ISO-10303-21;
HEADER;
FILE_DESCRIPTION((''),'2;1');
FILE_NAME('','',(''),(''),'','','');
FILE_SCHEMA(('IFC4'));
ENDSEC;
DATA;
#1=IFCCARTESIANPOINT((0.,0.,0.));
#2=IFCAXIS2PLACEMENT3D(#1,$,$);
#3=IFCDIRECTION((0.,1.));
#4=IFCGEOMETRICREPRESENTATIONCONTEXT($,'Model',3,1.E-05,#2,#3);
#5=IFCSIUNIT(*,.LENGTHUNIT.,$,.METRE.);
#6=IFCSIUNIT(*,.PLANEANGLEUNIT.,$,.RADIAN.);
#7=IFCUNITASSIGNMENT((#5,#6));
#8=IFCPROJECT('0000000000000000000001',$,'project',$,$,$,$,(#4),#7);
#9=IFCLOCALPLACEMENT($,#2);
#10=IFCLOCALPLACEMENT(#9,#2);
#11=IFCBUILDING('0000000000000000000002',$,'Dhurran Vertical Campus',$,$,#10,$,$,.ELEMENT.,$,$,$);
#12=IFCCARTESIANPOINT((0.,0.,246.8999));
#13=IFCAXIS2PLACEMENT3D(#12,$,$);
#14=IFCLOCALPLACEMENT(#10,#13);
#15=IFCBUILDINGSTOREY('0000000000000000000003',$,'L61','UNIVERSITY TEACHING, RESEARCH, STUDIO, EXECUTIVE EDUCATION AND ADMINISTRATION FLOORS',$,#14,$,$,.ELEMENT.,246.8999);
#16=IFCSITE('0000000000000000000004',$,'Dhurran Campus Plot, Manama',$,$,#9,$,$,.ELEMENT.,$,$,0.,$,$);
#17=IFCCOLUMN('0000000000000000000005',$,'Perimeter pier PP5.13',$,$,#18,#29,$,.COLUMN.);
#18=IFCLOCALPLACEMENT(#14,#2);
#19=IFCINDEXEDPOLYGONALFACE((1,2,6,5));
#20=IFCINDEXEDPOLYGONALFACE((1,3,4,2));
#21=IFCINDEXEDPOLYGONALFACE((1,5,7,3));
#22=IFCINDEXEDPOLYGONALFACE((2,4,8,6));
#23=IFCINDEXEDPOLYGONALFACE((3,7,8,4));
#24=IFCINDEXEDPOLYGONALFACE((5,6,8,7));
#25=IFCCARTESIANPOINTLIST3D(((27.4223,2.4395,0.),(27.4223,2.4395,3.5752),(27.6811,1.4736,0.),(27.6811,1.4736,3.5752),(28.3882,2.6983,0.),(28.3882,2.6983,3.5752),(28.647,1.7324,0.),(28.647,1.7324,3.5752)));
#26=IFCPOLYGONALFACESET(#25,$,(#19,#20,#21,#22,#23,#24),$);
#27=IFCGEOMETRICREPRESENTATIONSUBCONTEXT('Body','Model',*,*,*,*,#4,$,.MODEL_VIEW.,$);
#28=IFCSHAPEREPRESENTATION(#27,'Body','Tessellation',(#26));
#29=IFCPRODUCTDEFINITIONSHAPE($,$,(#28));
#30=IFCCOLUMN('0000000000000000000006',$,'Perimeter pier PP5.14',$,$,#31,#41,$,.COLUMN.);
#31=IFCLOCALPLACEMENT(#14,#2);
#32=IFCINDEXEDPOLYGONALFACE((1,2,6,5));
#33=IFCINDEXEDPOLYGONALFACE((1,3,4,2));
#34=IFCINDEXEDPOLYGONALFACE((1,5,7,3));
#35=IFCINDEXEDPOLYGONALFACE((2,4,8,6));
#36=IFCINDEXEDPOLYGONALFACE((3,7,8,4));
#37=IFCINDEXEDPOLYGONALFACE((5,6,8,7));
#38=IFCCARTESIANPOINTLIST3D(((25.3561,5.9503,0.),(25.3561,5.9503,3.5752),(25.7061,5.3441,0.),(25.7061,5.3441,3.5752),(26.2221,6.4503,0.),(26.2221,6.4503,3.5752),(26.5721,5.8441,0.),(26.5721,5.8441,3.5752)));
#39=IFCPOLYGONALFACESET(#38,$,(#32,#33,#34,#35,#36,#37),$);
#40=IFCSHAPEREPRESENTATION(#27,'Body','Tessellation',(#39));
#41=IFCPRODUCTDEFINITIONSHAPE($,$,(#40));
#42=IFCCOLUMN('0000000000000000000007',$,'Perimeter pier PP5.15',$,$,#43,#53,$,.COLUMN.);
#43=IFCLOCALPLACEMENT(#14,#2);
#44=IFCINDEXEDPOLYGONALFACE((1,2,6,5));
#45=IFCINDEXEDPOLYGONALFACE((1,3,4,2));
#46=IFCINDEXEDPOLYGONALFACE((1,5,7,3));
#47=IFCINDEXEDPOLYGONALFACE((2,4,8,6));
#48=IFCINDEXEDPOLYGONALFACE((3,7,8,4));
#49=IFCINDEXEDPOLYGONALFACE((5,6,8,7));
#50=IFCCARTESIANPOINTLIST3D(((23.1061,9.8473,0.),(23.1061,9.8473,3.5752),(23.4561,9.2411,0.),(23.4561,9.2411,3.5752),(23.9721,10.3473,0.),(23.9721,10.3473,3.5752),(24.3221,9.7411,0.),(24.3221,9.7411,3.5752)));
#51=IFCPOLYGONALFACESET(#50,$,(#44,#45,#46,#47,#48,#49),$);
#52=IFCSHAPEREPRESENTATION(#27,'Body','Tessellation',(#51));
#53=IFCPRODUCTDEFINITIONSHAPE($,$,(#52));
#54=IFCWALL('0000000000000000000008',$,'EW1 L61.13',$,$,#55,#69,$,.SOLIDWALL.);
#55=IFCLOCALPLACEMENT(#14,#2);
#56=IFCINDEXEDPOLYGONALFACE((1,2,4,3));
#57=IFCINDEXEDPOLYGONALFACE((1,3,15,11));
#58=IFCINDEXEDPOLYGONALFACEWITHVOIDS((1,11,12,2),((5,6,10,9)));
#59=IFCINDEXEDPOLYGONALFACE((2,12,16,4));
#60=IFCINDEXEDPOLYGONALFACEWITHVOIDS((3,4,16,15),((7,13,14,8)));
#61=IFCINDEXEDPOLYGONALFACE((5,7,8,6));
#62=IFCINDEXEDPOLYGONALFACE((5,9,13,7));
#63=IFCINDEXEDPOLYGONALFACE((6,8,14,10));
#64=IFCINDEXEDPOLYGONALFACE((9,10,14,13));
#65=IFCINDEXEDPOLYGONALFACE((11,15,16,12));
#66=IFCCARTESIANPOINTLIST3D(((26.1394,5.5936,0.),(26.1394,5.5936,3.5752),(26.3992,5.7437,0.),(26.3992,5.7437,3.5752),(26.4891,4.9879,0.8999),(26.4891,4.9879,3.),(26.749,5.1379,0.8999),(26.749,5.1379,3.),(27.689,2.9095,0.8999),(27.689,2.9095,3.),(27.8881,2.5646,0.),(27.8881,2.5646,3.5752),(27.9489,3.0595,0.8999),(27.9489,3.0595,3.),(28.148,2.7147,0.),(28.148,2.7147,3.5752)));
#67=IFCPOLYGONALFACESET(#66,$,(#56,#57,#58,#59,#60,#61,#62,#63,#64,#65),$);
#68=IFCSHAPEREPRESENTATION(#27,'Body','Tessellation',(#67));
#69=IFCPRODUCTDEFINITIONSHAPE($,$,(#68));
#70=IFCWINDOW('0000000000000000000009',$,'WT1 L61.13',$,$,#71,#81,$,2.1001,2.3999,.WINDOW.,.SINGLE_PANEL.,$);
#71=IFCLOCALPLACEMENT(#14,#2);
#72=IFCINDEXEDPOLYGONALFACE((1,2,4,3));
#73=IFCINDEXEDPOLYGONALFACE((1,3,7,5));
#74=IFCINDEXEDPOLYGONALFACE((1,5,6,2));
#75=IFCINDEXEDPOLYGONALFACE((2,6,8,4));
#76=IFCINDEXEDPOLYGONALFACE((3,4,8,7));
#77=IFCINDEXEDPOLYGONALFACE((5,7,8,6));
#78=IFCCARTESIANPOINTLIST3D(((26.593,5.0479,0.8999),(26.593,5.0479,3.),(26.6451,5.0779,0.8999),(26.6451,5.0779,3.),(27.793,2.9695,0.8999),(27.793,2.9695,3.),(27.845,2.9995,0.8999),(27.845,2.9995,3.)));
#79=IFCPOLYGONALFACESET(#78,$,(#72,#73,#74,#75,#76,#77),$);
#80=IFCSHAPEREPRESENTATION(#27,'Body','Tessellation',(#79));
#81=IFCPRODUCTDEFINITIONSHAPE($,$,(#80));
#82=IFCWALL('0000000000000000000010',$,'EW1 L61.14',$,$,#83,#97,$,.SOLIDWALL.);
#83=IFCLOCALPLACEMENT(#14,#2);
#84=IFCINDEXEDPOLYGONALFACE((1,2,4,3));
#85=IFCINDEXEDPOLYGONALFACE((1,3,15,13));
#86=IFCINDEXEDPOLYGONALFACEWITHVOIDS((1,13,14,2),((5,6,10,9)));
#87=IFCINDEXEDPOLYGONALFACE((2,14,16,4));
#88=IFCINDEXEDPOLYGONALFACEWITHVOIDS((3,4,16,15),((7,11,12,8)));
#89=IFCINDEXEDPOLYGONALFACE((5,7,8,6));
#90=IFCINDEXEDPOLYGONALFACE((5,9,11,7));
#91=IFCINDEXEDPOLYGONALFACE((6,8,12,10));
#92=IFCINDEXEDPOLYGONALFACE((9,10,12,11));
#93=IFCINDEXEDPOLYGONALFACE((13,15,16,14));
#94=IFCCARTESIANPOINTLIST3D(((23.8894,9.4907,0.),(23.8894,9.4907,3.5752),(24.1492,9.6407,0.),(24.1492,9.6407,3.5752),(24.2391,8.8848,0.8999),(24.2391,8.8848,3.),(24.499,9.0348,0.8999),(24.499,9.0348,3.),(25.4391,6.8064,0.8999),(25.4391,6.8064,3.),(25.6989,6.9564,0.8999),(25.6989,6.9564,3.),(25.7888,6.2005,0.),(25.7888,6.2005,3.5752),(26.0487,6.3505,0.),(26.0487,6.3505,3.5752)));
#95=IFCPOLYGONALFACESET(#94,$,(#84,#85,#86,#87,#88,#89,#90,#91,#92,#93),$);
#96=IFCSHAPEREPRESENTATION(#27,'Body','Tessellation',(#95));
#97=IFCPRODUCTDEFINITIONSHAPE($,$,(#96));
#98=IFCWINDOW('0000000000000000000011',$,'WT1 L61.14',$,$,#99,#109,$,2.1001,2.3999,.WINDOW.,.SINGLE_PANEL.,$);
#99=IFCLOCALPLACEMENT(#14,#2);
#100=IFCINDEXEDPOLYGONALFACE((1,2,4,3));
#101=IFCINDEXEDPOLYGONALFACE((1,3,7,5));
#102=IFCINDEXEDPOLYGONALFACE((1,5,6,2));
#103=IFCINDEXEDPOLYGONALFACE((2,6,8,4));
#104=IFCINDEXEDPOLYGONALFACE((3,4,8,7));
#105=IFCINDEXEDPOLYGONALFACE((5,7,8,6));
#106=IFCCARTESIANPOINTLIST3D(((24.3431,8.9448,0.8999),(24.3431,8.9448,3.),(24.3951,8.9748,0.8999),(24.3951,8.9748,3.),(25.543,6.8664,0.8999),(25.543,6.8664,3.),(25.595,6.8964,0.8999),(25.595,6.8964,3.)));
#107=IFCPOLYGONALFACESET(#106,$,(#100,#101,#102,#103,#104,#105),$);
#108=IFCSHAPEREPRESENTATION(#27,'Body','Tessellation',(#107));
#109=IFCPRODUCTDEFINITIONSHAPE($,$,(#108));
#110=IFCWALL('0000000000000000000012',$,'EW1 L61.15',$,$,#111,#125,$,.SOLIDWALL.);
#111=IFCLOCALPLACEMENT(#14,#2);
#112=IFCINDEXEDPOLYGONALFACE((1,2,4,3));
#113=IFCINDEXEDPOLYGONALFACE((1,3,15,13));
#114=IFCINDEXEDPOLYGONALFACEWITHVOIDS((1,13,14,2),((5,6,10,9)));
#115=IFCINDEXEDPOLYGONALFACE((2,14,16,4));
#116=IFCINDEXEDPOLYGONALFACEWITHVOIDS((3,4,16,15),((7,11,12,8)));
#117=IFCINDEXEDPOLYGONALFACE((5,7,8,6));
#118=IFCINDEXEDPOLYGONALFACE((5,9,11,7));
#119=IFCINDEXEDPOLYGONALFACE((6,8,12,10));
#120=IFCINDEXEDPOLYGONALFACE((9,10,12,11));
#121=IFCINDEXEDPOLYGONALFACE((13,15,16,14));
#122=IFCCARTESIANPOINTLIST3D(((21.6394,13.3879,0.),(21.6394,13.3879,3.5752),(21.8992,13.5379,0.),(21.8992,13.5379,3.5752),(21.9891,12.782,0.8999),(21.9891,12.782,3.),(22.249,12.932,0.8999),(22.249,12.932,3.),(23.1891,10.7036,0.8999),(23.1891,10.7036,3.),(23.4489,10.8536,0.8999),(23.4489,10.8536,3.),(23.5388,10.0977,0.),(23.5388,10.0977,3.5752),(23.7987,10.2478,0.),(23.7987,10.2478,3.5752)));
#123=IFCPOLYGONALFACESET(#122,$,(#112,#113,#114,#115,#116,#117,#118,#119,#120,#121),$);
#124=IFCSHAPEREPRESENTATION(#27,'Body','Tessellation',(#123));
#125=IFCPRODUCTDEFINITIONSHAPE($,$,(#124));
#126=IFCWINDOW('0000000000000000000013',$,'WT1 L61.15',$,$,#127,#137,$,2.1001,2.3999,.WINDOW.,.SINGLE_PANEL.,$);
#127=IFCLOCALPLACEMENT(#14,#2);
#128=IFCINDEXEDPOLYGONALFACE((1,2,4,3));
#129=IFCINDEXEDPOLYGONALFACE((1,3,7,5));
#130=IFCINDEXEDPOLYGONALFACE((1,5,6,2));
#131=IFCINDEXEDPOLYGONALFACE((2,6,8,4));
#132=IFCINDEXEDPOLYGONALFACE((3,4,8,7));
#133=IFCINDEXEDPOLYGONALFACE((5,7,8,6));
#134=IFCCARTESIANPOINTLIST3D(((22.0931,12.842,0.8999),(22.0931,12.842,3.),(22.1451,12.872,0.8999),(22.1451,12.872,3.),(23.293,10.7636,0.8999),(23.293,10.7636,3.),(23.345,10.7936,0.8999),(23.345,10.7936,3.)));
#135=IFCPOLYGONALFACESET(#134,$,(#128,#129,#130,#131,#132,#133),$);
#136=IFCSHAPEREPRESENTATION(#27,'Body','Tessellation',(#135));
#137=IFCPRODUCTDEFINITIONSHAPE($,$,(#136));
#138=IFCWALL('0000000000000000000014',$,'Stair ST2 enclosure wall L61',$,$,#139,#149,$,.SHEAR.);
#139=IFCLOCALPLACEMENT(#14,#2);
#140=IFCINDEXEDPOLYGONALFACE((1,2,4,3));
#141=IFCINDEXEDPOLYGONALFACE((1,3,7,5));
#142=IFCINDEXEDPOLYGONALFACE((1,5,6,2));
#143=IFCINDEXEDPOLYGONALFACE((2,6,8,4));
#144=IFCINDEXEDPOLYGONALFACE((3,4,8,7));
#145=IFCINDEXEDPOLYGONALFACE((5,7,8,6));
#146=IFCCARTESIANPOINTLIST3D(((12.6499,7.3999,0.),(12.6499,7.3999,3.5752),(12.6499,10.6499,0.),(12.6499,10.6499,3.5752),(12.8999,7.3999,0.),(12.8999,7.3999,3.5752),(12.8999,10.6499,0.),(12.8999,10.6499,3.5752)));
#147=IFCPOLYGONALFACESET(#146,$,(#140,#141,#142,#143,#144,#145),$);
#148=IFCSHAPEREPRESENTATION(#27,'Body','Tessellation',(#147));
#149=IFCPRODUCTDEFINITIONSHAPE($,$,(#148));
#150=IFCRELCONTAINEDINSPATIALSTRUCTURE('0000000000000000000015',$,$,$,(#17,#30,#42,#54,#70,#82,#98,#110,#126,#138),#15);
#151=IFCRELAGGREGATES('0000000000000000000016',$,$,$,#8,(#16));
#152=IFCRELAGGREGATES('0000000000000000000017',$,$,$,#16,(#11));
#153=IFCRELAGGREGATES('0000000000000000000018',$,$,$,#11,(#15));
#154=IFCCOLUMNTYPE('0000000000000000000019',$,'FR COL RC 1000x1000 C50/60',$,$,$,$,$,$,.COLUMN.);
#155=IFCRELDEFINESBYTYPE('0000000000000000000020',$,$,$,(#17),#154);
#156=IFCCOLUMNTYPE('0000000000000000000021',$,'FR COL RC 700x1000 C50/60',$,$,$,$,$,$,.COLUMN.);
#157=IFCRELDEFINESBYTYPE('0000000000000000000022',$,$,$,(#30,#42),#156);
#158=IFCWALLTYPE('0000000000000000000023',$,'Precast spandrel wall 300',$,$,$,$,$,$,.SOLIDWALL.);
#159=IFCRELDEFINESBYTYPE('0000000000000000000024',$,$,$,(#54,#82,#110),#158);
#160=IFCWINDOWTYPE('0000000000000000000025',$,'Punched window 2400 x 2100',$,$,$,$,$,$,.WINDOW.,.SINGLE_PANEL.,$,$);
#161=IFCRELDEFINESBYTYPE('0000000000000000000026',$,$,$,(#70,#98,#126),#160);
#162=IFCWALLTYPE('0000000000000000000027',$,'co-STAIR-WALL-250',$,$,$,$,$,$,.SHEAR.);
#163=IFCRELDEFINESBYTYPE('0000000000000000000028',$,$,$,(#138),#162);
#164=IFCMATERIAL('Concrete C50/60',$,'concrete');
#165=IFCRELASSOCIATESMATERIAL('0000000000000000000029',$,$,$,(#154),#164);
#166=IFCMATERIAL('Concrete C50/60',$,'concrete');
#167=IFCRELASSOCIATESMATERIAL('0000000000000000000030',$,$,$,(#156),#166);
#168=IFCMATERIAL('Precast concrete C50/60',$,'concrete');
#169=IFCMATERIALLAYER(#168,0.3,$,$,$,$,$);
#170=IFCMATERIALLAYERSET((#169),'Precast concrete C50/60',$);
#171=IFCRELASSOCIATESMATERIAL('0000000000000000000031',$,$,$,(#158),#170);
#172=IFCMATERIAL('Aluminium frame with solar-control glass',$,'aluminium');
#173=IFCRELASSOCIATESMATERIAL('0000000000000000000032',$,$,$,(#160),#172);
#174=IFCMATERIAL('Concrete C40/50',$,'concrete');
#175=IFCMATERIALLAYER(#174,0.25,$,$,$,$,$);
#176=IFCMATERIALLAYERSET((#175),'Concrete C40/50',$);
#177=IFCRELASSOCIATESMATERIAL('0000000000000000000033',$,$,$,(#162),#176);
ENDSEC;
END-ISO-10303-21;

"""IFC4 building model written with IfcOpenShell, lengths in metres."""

from ifc_helpers import new_model, si_unit, direction, frame, frame_2d, origin, origin_2d, place, context, subcontext, project, spatial, rectangle, extrude, material, layer, layer_set, material_profile, profile_set, type_object, element, fill, save


model = new_model("IFC4")

# Units and contexts
model_context = context("Model", 3, precision=1e-05, world=origin(), true_north=direction((0.0, 1.0)))
body_context = subcontext(model_context, "Body", "Model", "MODEL_VIEW")
ifc_project = project(units=[si_unit("LENGTHUNIT", "METRE"), si_unit("PLANEANGLEUNIT", "RADIAN")], contexts=[model_context])

# Site, building, storey
site_placement = place(None, origin())
site = spatial("IfcSite", under=ifc_project, at=site_placement, Name="Dhurran Campus Plot, Manama", CompositionType="ELEMENT", RefElevation=0.0)
building_placement = place(site_placement, origin())
building = spatial("IfcBuilding", under=site, at=building_placement, Name="Dhurran Vertical Campus", CompositionType="ELEMENT")
storey_placement = place(building_placement, frame((0.0, 0.0, 246.8999)))
storey = spatial("IfcBuildingStorey", under=building, at=storey_placement, Name="L61", Description="UNIVERSITY TEACHING, RESEARCH, STUDIO, EXECUTIVE EDUCATION AND ADMINISTRATION FLOORS", CompositionType="ELEMENT", Elevation=246.8999)

# Columns
ifc_material_1 = material(Name="Concrete C50/60", Category="concrete")
ifc_material_profile_1 = material_profile(ifc_material_1, rectangle(XDim=1.0, YDim=1.0, at=origin_2d()), Name="RC 1000x1000")
ifc_profile_set_1 = profile_set([ifc_material_profile_1], Name="Concrete C50/60")
column_type_1 = type_object("IfcColumnType", Name="FR COL RC 1000x1000 C50/60", PredefinedType="COLUMN", material=ifc_profile_set_1)
column_placement = place(storey_placement, frame((28.0347, 2.0859, 0.0), z_axis=(0.0, 0.0, 1.0), x_axis=(-0.258819, 0.965926, 0.0)))
element("IfcColumn", 1, at=column_placement, inside=storey, type_object=column_type_1, Name="Perimeter pier PP5.13", PredefinedType="COLUMN", context=body_context, shape_type="SweptSolid", body=[
    extrude(rectangle(XDim=1.0, YDim=1.0, at=origin_2d()), origin(), (0.0, 0.0, 1.0), 3.5752),
])
ifc_material_2 = material(Name="Concrete C50/60", Category="concrete")
ifc_material_profile_2 = material_profile(ifc_material_2, rectangle(XDim=0.7, YDim=1.0, at=origin_2d()), Name="RC 700x1000")
ifc_profile_set_2 = profile_set([ifc_material_profile_2], Name="Concrete C50/60")
column_type_2 = type_object("IfcColumnType", Name="FR COL RC 700x1000 C50/60", PredefinedType="COLUMN", material=ifc_profile_set_2)
for number, where, z_axis, x_axis, name in (
    (2, (25.9641, 5.8972, 0.0), (0.0, 0.0, 1.0), (-0.5, 0.866025, 0.0), "Perimeter pier PP5.14"),
    (3, (23.7141, 9.7942, 0.0), (0.0, 0.0, 1.0), (-0.5, 0.866025, 0.0), "Perimeter pier PP5.15"),
):
    element("IfcColumn", number, at=place(storey_placement, frame(where, z_axis=z_axis, x_axis=x_axis)), inside=storey, type_object=column_type_2, Name=name, PredefinedType="COLUMN", context=body_context, shape_type="SweptSolid", body=[
        extrude(rectangle(XDim=0.7, YDim=1.0, at=origin_2d()), origin(), (0.0, 0.0, 1.0), 3.5752),
    ])

# Walls, openings, windows
ifc_material_3 = material(Name="Precast concrete C50/60", Category="concrete")
ifc_layer_1 = layer(ifc_material_3, 0.3)
ifc_layer_set_1 = layer_set([ifc_layer_1], Name="Precast concrete C50/60")
wall_type_1 = type_object("IfcWallType", Name="Precast spandrel wall 300", PredefinedType="SOLIDWALL", material=ifc_layer_set_1)
wall_1_placement = place(storey_placement, frame((28.0181, 2.6396, 0.0), z_axis=(0.0, 0.0, 1.0), x_axis=(-0.49999, 0.866031, 0.0)))
wall_1 = element("IfcWall", 4, at=wall_1_placement, inside=storey, type_object=wall_type_1, Name="EW1 L61.13", PredefinedType="SOLIDWALL", context=body_context, shape_type="SweptSolid", body=[
    extrude(rectangle(XDim=3.4976, YDim=0.3, at=frame_2d((1.7488, 0.0))), origin(), (0.0, 0.0, 1.0), 3.5752),
])
opening_1_placement = place(wall_1_placement, frame((0.3982, 0.0, 0.8999)))
opening_1 = element("IfcOpeningElement", 5, at=opening_1_placement, cuts=wall_1, PredefinedType="OPENING", context=body_context, shape_type="SweptSolid", body=[
    extrude(rectangle(XDim=2.3999, YDim=2.1001, at=frame_2d((1.2, 1.05))), frame((0.0, 0.1599, 0.0), z_axis=(0.0, -1.0, 0.0), x_axis=(1.0, 0.0, 0.0)), (0.0, 0.0, 1.0), 0.3201),
])
ifc_material_4 = material(Name="Aluminium frame with solar-control glass", Category="aluminium")
window_type = type_object("IfcWindowType", Name="Punched window 2400 x 2100", PartitioningType="SINGLE_PANEL", PredefinedType="WINDOW", material=ifc_material_4)
window_1_placement = place(opening_1_placement, origin())
window_1 = element("IfcWindow", 6, at=window_1_placement, inside=storey, type_object=window_type, Name="WT1 L61.13", OverallHeight=2.1001, OverallWidth=2.3999, PartitioningType="SINGLE_PANEL", PredefinedType="WINDOW", context=body_context, shape_type="SweptSolid", body=[
    extrude(rectangle(XDim=2.3999, YDim=2.1001, at=frame_2d((1.2, 1.05))), frame((0.0, 0.03, 0.0), z_axis=(0.0, -1.0, 0.0), x_axis=(1.0, 0.0, 0.0)), (0.0, 0.0, 1.0), 0.0601),
])
fill(opening_1, window_1)
wall_2_placement = place(storey_placement, frame((25.9187, 6.2756, 0.0), z_axis=(0.0, 0.0, 1.0), x_axis=(-0.499982, 0.866036, 0.0)))
wall_2 = element("IfcWall", 7, at=wall_2_placement, inside=storey, type_object=wall_type_1, Name="EW1 L61.14", PredefinedType="SOLIDWALL", context=body_context, shape_type="SweptSolid", body=[
    extrude(rectangle(XDim=3.7991, YDim=0.3, at=frame_2d((1.8994, 0.0))), origin(), (0.0, 0.0, 1.0), 3.5752),
])
opening_2_placement = place(wall_2_placement, frame((0.6995, 0.0, 0.8999)))
opening_2 = element("IfcOpeningElement", 8, at=opening_2_placement, cuts=wall_2, PredefinedType="OPENING", context=body_context, shape_type="SweptSolid", body=[
    extrude(rectangle(XDim=2.3999, YDim=2.1001, at=frame_2d((1.2, 1.05))), frame((0.0, 0.1599, 0.0), z_axis=(0.0, -1.0, 0.0), x_axis=(1.0, 0.0, 0.0)), (0.0, 0.0, 1.0), 0.3201),
])
window_2_placement = place(opening_2_placement, origin())
window_2 = element("IfcWindow", 9, at=window_2_placement, inside=storey, type_object=window_type, Name="WT1 L61.14", OverallHeight=2.1001, OverallWidth=2.3999, PartitioningType="SINGLE_PANEL", PredefinedType="WINDOW", context=body_context, shape_type="SweptSolid", body=[
    extrude(rectangle(XDim=2.3999, YDim=2.1001, at=frame_2d((1.2, 1.05))), frame((0.0, 0.03, 0.0), z_axis=(0.0, -1.0, 0.0), x_axis=(1.0, 0.0, 0.0)), (0.0, 0.0, 1.0), 0.0601),
])
fill(opening_2, window_2)
wall_3_placement = place(storey_placement, frame((23.6687, 10.1729, 0.0), z_axis=(0.0, 0.0, 1.0), x_axis=(-0.499982, 0.866036, 0.0)))
wall_3 = element("IfcWall", 10, at=wall_3_placement, inside=storey, type_object=wall_type_1, Name="EW1 L61.15", PredefinedType="SOLIDWALL", context=body_context, shape_type="SweptSolid", body=[
    extrude(rectangle(XDim=3.7991, YDim=0.3, at=frame_2d((1.8994, 0.0))), origin(), (0.0, 0.0, 1.0), 3.5752),
])
opening_3_placement = place(wall_3_placement, frame((0.6995, 0.0, 0.8999)))
opening_3 = element("IfcOpeningElement", 11, at=opening_3_placement, cuts=wall_3, PredefinedType="OPENING", context=body_context, shape_type="SweptSolid", body=[
    extrude(rectangle(XDim=2.3999, YDim=2.1001, at=frame_2d((1.2, 1.05))), frame((0.0, 0.1599, 0.0), z_axis=(0.0, -1.0, 0.0), x_axis=(1.0, 0.0, 0.0)), (0.0, 0.0, 1.0), 0.3201),
])
window_3_placement = place(opening_3_placement, origin())
window_3 = element("IfcWindow", 12, at=window_3_placement, inside=storey, type_object=window_type, Name="WT1 L61.15", OverallHeight=2.1001, OverallWidth=2.3999, PartitioningType="SINGLE_PANEL", PredefinedType="WINDOW", context=body_context, shape_type="SweptSolid", body=[
    extrude(rectangle(XDim=2.3999, YDim=2.1001, at=frame_2d((1.2, 1.05))), frame((0.0, 0.03, 0.0), z_axis=(0.0, -1.0, 0.0), x_axis=(1.0, 0.0, 0.0)), (0.0, 0.0, 1.0), 0.0601),
])
fill(opening_3, window_3)

# Wall
ifc_material_5 = material(Name="Concrete C40/50", Category="concrete")
ifc_layer_2 = layer(ifc_material_5, 0.25)
ifc_layer_set_2 = layer_set([ifc_layer_2], Name="Concrete C40/50")
wall_type_2 = type_object("IfcWallType", Name="co-STAIR-WALL-250", PredefinedType="SHEAR", material=ifc_layer_set_2)
wall_4_placement = place(storey_placement, frame((12.7749, 7.3999, 0.0), z_axis=(0.0, 0.0, 1.0), x_axis=(0.0, 1.0, 0.0)))
element("IfcWall", 13, at=wall_4_placement, inside=storey, type_object=wall_type_2, Name="Stair ST2 enclosure wall L61", PredefinedType="SHEAR", context=body_context, shape_type="SweptSolid", body=[
    extrude(rectangle(XDim=3.25, YDim=0.25, at=frame_2d((1.625, 0.0))), origin(), (0.0, 0.0, 1.0), 3.5752),
])

save(model, "model.ifc")
